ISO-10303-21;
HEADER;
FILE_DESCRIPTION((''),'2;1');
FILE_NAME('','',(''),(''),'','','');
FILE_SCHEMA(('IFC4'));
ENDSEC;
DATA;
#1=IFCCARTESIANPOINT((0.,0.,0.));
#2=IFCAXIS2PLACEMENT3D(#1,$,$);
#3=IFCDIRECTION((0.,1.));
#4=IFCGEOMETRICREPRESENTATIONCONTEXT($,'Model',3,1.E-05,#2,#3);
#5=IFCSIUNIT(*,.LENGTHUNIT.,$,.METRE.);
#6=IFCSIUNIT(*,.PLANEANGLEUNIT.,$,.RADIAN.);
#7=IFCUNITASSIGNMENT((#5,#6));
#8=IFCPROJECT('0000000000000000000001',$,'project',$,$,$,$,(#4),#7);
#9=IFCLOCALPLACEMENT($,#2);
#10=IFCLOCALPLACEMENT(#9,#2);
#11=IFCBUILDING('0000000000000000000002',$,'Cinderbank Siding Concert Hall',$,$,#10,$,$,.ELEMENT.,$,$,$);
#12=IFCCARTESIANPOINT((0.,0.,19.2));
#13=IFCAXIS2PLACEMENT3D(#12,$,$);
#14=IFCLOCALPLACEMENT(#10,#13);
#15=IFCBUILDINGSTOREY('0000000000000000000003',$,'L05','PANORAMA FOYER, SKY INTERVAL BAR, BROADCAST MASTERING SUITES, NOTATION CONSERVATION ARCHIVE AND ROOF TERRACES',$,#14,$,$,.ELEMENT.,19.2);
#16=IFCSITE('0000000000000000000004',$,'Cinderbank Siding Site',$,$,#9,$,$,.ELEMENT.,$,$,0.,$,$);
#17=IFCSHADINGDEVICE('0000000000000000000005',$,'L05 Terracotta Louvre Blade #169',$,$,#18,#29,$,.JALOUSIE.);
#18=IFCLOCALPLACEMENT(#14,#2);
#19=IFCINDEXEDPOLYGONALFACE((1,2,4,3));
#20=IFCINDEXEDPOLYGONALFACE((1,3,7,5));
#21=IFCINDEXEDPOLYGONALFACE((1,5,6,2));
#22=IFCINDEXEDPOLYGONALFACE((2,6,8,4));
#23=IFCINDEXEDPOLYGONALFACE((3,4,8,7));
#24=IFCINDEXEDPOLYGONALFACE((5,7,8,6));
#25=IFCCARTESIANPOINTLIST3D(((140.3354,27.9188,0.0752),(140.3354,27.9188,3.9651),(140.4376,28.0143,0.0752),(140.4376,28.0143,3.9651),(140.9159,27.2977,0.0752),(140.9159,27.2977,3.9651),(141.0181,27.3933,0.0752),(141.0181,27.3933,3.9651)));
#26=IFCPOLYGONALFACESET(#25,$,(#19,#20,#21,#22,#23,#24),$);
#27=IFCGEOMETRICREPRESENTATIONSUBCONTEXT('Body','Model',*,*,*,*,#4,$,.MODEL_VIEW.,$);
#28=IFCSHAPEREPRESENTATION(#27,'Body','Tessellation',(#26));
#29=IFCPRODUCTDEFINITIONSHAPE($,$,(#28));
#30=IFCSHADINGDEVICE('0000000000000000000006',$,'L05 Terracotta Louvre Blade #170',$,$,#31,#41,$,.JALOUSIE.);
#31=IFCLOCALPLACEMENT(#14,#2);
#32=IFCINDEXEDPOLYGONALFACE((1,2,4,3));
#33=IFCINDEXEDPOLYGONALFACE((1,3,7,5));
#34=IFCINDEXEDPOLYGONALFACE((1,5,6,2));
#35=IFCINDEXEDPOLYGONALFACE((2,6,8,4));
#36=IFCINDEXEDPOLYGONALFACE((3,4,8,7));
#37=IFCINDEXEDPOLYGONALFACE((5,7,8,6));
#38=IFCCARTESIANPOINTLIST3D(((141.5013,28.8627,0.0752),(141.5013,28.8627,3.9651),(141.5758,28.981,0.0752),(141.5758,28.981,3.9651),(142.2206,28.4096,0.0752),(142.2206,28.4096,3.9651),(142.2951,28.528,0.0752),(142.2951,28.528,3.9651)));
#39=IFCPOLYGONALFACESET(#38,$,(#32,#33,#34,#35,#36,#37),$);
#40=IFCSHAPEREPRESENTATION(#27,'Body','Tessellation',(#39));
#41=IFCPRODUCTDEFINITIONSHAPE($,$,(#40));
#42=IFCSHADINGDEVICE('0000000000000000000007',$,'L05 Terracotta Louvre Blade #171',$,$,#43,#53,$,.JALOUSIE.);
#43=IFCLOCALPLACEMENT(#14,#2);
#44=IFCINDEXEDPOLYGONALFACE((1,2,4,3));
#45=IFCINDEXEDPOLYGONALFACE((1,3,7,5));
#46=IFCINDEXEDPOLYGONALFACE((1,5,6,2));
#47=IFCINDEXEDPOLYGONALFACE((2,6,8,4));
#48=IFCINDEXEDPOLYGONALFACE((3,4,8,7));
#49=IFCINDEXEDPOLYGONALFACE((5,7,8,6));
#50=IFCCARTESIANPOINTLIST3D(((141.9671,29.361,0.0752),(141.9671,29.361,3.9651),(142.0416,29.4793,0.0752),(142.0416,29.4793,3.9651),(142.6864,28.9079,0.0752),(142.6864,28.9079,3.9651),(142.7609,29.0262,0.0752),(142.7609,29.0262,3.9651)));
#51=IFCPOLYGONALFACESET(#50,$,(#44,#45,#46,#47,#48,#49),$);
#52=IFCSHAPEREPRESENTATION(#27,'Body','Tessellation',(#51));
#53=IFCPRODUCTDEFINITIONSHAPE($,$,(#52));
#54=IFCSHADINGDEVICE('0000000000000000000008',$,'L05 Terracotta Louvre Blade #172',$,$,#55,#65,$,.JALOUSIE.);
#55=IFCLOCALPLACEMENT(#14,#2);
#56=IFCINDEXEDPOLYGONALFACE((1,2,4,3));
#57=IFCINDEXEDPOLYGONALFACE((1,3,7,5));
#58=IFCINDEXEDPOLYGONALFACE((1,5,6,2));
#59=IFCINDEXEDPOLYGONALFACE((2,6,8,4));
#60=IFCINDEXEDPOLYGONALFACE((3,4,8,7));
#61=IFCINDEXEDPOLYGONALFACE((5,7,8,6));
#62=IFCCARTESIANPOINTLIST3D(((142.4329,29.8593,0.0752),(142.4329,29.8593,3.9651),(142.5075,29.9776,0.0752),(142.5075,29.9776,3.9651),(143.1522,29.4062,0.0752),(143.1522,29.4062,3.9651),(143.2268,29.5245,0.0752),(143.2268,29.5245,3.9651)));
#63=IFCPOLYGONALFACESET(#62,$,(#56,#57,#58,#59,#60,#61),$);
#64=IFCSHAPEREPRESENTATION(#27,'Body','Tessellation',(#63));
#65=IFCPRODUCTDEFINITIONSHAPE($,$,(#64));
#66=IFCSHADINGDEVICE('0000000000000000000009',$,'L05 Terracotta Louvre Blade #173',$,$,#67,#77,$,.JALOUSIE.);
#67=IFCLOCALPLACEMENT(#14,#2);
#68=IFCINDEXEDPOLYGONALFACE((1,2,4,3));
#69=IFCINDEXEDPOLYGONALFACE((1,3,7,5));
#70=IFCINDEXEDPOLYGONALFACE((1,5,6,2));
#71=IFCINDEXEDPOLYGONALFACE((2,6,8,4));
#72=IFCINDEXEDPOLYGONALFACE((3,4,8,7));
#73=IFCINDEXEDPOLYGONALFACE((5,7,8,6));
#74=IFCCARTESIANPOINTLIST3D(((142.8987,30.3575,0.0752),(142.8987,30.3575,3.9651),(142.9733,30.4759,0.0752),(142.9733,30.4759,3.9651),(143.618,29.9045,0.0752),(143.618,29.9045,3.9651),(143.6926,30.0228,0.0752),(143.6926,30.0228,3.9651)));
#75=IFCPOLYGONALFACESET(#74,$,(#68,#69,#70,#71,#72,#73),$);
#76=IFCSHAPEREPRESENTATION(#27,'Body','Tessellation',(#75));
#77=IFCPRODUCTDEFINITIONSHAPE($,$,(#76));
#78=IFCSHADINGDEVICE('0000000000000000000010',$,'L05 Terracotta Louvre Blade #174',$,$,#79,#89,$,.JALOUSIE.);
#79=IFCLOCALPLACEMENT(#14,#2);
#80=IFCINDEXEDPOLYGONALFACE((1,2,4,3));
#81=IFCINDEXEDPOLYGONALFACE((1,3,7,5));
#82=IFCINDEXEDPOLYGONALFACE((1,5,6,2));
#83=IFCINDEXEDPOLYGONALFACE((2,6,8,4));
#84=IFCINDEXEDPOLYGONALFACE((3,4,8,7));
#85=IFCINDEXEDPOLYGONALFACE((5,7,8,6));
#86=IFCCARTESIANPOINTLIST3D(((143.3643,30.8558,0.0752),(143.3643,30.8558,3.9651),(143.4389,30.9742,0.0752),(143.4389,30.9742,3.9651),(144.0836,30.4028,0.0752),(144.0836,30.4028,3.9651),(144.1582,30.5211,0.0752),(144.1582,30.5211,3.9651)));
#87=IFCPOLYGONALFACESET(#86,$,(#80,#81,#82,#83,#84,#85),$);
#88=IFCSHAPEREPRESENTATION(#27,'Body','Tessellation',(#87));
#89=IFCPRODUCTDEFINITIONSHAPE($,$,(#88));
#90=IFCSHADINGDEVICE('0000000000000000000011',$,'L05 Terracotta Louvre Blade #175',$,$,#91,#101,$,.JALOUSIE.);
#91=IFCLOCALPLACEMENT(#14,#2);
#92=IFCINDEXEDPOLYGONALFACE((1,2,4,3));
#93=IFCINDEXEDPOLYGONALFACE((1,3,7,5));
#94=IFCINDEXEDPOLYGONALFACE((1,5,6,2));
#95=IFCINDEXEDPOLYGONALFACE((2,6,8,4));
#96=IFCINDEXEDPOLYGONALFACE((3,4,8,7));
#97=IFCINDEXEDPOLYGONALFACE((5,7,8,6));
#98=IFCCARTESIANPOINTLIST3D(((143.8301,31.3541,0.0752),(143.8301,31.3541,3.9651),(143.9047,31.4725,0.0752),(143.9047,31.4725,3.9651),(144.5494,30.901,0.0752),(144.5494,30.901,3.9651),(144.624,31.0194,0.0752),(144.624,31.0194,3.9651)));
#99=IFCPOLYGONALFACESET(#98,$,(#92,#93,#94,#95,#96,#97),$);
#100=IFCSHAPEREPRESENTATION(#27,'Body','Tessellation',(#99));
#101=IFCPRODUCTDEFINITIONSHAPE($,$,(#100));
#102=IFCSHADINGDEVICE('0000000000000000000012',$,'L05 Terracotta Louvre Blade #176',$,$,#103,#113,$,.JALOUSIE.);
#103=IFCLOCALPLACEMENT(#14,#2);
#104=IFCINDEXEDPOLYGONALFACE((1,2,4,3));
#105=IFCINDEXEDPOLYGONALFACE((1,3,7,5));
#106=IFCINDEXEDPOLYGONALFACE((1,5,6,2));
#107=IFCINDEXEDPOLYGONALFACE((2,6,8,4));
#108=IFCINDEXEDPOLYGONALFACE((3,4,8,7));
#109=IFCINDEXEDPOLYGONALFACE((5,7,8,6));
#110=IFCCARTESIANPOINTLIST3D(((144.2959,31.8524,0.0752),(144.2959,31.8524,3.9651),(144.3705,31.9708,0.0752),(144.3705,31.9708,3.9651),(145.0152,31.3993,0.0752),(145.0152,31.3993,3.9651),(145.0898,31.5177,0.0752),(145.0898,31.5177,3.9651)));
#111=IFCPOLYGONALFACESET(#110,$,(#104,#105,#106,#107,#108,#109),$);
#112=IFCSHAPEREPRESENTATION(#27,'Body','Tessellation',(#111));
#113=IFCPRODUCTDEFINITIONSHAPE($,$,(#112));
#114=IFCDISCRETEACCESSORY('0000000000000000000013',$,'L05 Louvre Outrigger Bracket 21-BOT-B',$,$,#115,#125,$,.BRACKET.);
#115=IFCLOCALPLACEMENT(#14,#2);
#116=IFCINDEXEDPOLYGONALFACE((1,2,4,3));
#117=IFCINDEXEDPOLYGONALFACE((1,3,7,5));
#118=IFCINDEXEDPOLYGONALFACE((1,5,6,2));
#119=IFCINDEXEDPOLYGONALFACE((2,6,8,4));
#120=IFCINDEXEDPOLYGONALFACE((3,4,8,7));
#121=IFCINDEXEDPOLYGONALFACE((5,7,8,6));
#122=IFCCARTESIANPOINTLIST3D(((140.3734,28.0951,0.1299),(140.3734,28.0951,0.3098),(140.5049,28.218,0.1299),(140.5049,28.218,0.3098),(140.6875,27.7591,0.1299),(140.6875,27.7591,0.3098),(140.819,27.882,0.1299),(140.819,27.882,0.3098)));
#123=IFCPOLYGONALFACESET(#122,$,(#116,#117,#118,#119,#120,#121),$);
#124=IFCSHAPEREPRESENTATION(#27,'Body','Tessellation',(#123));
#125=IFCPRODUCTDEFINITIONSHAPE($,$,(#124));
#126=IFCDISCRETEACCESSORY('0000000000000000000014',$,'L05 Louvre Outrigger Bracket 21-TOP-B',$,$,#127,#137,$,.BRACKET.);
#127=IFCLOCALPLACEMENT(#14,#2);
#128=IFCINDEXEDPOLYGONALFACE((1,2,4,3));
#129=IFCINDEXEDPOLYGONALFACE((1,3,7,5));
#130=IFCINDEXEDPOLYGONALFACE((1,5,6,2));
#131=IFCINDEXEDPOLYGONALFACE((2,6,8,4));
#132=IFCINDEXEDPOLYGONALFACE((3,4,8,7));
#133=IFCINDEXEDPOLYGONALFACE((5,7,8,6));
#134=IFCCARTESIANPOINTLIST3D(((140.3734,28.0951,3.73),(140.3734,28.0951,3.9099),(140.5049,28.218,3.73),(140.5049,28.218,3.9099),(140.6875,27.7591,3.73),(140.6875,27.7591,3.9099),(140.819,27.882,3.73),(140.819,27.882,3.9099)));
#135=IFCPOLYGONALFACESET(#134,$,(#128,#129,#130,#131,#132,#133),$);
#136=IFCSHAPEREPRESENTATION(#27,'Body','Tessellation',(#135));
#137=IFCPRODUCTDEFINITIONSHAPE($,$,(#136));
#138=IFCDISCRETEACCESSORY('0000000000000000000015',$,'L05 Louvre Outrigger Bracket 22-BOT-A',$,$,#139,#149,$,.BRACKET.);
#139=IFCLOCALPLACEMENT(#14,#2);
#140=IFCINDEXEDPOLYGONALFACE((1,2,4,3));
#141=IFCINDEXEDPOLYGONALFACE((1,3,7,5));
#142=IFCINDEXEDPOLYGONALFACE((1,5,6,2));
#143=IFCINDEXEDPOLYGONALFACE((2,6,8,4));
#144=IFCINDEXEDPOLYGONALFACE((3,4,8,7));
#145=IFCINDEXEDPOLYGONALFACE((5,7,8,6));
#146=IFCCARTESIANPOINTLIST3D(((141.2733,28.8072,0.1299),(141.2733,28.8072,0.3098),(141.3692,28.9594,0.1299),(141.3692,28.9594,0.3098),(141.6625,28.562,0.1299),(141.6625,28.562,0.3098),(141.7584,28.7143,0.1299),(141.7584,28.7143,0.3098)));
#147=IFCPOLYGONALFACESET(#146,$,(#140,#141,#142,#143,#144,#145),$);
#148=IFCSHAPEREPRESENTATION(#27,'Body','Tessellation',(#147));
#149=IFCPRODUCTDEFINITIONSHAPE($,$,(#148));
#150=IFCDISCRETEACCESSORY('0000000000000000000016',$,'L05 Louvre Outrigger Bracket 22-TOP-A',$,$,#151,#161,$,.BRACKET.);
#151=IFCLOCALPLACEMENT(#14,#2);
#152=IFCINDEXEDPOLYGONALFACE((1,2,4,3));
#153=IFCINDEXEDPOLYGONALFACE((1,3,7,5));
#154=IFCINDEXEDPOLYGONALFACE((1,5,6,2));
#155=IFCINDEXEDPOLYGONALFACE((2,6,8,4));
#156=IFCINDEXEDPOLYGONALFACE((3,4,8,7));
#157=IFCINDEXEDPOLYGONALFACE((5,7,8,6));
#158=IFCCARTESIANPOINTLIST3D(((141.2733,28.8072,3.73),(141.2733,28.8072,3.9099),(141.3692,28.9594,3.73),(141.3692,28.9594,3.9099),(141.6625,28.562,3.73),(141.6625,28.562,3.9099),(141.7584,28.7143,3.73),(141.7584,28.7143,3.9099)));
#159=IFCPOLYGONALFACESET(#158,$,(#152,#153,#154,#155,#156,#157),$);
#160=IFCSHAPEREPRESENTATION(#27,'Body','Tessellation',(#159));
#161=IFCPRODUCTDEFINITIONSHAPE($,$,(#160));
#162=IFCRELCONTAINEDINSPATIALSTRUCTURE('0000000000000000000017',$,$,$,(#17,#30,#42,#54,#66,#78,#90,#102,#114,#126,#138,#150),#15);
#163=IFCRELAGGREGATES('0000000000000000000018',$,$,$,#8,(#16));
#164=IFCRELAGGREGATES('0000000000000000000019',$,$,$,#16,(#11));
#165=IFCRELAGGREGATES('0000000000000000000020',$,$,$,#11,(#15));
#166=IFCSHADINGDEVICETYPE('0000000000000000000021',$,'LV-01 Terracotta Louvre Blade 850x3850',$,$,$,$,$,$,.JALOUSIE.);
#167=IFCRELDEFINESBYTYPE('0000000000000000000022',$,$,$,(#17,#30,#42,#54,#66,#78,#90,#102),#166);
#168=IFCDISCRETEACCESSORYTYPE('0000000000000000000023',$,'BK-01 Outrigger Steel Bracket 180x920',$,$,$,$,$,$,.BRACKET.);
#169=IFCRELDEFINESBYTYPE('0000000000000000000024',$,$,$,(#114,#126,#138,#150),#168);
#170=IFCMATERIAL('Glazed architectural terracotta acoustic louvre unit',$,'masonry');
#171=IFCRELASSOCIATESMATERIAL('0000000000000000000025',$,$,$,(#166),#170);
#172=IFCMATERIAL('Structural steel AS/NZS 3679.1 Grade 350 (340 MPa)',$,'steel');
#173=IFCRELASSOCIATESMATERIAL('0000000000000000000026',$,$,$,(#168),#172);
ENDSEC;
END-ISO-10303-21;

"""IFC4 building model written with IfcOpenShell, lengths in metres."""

from ifc_helpers import new_model, si_unit, direction, frame, origin, origin_2d, place, context, subcontext, project, spatial, rectangle, extrude, material, type_object, element, save


model = new_model("IFC4")

# Units and contexts
model_context = context("Model", 3, precision=1e-05, world=origin(), true_north=direction((0.0, 1.0)))
body_context = subcontext(model_context, "Body", "Model", "MODEL_VIEW")
ifc_project = project(units=[si_unit("LENGTHUNIT", "METRE"), si_unit("PLANEANGLEUNIT", "RADIAN")], contexts=[model_context])

# Site, building, storey
site_placement = place(None, origin())
site = spatial("IfcSite", under=ifc_project, at=site_placement, Name="Cinderbank Siding Site", CompositionType="ELEMENT", RefElevation=0.0)
building_placement = place(site_placement, origin())
building = spatial("IfcBuilding", under=site, at=building_placement, Name="Cinderbank Siding Concert Hall", CompositionType="ELEMENT")
storey_placement = place(building_placement, frame((0.0, 0.0, 19.2)))
storey = spatial("IfcBuildingStorey", under=building, at=storey_placement, Name="L05", Description="PANORAMA FOYER, SKY INTERVAL BAR, BROADCAST MASTERING SUITES, NOTATION CONSERVATION ARCHIVE AND ROOF TERRACES", CompositionType="ELEMENT", Elevation=19.2)

# Shared definitions
ifc_material_1 = material(Name="Structural steel AS/NZS 3679.1 Grade 350 (340 MPa)", Category="steel")

# Shading devices
ifc_material_2 = material(Name="Glazed architectural terracotta acoustic louvre unit", Category="masonry")
shading_device_type = type_object("IfcShadingDeviceType", Name="LV-01 Terracotta Louvre Blade 850x3850", PredefinedType="JALOUSIE", material=ifc_material_2)
for number, where, z_axis, x_axis, name in (
    (1, (140.6768, 27.656, 0.0752), (0.0, 0.0, 1.0), (0.682869, -0.730541, 0.0), "L05 Terracotta Louvre Blade #169"),
    (2, (141.8982, 28.6953, 0.0752), (0.0, 0.0, 1.0), (0.846132, -0.532973, 0.0), "L05 Terracotta Louvre Blade #170"),
    (3, (142.364, 29.1936, 0.0752), (0.0, 0.0, 1.0), (0.846132, -0.532973, 0.0), "L05 Terracotta Louvre Blade #171"),
    (4, (142.8298, 29.6919, 0.0752), (0.0, 0.0, 1.0), (0.846132, -0.532973, 0.0), "L05 Terracotta Louvre Blade #172"),
    (5, (143.2957, 30.1902, 0.0752), (0.0, 0.0, 1.0), (0.846132, -0.532973, 0.0), "L05 Terracotta Louvre Blade #173"),
    (6, (143.7612, 30.6885, 0.0752), (0.0, 0.0, 1.0), (0.846132, -0.532973, 0.0), "L05 Terracotta Louvre Blade #174"),
    (7, (144.2271, 31.1868, 0.0752), (0.0, 0.0, 1.0), (0.846132, -0.532973, 0.0), "L05 Terracotta Louvre Blade #175"),
    (8, (144.6929, 31.6851, 0.0752), (0.0, 0.0, 1.0), (0.846132, -0.532973, 0.0), "L05 Terracotta Louvre Blade #176"),
):
    element("IfcShadingDevice", number, at=place(storey_placement, frame(where, z_axis=z_axis, x_axis=x_axis)), inside=storey, type_object=shading_device_type, Name=name, PredefinedType="JALOUSIE", context=body_context, shape_type="SweptSolid", body=[
        extrude(rectangle(XDim=0.8501, YDim=0.1399, at=origin_2d()), origin(), (0.0, 0.0, 1.0), 3.8899),
    ])

# Discrete accessories
discrete_accessory_type = type_object("IfcDiscreteAccessoryType", Name="BK-01 Outrigger Steel Bracket 180x920", PredefinedType="BRACKET", material=ifc_material_1)
for number, where, z_axis, x_axis, name in (
    (9, (140.5962, 27.9885, 0.1299), (0.0, 0.0, 1.0), (0.682869, -0.730541, 0.0), "L05 Louvre Outrigger Bracket 21-BOT-B"),
    (10, (140.5962, 27.9885, 3.73), (0.0, 0.0, 1.0), (0.682869, -0.730541, 0.0), "L05 Louvre Outrigger Bracket 21-TOP-B"),
    (11, (141.5159, 28.7607, 0.1299), (0.0, 0.0, 1.0), (0.846132, -0.532973, 0.0), "L05 Louvre Outrigger Bracket 22-BOT-A"),
    (12, (141.5159, 28.7607, 3.73), (0.0, 0.0, 1.0), (0.846132, -0.532973, 0.0), "L05 Louvre Outrigger Bracket 22-TOP-A"),
):
    element("IfcDiscreteAccessory", number, at=place(storey_placement, frame(where, z_axis=z_axis, x_axis=x_axis)), inside=storey, type_object=discrete_accessory_type, Name=name, PredefinedType="BRACKET", context=body_context, shape_type="SweptSolid", body=[
        extrude(rectangle(XDim=0.46, YDim=0.1799, at=origin_2d()), origin(), (0.0, 0.0, 1.0), 0.1799),
    ])

save(model, "model.ifc")
